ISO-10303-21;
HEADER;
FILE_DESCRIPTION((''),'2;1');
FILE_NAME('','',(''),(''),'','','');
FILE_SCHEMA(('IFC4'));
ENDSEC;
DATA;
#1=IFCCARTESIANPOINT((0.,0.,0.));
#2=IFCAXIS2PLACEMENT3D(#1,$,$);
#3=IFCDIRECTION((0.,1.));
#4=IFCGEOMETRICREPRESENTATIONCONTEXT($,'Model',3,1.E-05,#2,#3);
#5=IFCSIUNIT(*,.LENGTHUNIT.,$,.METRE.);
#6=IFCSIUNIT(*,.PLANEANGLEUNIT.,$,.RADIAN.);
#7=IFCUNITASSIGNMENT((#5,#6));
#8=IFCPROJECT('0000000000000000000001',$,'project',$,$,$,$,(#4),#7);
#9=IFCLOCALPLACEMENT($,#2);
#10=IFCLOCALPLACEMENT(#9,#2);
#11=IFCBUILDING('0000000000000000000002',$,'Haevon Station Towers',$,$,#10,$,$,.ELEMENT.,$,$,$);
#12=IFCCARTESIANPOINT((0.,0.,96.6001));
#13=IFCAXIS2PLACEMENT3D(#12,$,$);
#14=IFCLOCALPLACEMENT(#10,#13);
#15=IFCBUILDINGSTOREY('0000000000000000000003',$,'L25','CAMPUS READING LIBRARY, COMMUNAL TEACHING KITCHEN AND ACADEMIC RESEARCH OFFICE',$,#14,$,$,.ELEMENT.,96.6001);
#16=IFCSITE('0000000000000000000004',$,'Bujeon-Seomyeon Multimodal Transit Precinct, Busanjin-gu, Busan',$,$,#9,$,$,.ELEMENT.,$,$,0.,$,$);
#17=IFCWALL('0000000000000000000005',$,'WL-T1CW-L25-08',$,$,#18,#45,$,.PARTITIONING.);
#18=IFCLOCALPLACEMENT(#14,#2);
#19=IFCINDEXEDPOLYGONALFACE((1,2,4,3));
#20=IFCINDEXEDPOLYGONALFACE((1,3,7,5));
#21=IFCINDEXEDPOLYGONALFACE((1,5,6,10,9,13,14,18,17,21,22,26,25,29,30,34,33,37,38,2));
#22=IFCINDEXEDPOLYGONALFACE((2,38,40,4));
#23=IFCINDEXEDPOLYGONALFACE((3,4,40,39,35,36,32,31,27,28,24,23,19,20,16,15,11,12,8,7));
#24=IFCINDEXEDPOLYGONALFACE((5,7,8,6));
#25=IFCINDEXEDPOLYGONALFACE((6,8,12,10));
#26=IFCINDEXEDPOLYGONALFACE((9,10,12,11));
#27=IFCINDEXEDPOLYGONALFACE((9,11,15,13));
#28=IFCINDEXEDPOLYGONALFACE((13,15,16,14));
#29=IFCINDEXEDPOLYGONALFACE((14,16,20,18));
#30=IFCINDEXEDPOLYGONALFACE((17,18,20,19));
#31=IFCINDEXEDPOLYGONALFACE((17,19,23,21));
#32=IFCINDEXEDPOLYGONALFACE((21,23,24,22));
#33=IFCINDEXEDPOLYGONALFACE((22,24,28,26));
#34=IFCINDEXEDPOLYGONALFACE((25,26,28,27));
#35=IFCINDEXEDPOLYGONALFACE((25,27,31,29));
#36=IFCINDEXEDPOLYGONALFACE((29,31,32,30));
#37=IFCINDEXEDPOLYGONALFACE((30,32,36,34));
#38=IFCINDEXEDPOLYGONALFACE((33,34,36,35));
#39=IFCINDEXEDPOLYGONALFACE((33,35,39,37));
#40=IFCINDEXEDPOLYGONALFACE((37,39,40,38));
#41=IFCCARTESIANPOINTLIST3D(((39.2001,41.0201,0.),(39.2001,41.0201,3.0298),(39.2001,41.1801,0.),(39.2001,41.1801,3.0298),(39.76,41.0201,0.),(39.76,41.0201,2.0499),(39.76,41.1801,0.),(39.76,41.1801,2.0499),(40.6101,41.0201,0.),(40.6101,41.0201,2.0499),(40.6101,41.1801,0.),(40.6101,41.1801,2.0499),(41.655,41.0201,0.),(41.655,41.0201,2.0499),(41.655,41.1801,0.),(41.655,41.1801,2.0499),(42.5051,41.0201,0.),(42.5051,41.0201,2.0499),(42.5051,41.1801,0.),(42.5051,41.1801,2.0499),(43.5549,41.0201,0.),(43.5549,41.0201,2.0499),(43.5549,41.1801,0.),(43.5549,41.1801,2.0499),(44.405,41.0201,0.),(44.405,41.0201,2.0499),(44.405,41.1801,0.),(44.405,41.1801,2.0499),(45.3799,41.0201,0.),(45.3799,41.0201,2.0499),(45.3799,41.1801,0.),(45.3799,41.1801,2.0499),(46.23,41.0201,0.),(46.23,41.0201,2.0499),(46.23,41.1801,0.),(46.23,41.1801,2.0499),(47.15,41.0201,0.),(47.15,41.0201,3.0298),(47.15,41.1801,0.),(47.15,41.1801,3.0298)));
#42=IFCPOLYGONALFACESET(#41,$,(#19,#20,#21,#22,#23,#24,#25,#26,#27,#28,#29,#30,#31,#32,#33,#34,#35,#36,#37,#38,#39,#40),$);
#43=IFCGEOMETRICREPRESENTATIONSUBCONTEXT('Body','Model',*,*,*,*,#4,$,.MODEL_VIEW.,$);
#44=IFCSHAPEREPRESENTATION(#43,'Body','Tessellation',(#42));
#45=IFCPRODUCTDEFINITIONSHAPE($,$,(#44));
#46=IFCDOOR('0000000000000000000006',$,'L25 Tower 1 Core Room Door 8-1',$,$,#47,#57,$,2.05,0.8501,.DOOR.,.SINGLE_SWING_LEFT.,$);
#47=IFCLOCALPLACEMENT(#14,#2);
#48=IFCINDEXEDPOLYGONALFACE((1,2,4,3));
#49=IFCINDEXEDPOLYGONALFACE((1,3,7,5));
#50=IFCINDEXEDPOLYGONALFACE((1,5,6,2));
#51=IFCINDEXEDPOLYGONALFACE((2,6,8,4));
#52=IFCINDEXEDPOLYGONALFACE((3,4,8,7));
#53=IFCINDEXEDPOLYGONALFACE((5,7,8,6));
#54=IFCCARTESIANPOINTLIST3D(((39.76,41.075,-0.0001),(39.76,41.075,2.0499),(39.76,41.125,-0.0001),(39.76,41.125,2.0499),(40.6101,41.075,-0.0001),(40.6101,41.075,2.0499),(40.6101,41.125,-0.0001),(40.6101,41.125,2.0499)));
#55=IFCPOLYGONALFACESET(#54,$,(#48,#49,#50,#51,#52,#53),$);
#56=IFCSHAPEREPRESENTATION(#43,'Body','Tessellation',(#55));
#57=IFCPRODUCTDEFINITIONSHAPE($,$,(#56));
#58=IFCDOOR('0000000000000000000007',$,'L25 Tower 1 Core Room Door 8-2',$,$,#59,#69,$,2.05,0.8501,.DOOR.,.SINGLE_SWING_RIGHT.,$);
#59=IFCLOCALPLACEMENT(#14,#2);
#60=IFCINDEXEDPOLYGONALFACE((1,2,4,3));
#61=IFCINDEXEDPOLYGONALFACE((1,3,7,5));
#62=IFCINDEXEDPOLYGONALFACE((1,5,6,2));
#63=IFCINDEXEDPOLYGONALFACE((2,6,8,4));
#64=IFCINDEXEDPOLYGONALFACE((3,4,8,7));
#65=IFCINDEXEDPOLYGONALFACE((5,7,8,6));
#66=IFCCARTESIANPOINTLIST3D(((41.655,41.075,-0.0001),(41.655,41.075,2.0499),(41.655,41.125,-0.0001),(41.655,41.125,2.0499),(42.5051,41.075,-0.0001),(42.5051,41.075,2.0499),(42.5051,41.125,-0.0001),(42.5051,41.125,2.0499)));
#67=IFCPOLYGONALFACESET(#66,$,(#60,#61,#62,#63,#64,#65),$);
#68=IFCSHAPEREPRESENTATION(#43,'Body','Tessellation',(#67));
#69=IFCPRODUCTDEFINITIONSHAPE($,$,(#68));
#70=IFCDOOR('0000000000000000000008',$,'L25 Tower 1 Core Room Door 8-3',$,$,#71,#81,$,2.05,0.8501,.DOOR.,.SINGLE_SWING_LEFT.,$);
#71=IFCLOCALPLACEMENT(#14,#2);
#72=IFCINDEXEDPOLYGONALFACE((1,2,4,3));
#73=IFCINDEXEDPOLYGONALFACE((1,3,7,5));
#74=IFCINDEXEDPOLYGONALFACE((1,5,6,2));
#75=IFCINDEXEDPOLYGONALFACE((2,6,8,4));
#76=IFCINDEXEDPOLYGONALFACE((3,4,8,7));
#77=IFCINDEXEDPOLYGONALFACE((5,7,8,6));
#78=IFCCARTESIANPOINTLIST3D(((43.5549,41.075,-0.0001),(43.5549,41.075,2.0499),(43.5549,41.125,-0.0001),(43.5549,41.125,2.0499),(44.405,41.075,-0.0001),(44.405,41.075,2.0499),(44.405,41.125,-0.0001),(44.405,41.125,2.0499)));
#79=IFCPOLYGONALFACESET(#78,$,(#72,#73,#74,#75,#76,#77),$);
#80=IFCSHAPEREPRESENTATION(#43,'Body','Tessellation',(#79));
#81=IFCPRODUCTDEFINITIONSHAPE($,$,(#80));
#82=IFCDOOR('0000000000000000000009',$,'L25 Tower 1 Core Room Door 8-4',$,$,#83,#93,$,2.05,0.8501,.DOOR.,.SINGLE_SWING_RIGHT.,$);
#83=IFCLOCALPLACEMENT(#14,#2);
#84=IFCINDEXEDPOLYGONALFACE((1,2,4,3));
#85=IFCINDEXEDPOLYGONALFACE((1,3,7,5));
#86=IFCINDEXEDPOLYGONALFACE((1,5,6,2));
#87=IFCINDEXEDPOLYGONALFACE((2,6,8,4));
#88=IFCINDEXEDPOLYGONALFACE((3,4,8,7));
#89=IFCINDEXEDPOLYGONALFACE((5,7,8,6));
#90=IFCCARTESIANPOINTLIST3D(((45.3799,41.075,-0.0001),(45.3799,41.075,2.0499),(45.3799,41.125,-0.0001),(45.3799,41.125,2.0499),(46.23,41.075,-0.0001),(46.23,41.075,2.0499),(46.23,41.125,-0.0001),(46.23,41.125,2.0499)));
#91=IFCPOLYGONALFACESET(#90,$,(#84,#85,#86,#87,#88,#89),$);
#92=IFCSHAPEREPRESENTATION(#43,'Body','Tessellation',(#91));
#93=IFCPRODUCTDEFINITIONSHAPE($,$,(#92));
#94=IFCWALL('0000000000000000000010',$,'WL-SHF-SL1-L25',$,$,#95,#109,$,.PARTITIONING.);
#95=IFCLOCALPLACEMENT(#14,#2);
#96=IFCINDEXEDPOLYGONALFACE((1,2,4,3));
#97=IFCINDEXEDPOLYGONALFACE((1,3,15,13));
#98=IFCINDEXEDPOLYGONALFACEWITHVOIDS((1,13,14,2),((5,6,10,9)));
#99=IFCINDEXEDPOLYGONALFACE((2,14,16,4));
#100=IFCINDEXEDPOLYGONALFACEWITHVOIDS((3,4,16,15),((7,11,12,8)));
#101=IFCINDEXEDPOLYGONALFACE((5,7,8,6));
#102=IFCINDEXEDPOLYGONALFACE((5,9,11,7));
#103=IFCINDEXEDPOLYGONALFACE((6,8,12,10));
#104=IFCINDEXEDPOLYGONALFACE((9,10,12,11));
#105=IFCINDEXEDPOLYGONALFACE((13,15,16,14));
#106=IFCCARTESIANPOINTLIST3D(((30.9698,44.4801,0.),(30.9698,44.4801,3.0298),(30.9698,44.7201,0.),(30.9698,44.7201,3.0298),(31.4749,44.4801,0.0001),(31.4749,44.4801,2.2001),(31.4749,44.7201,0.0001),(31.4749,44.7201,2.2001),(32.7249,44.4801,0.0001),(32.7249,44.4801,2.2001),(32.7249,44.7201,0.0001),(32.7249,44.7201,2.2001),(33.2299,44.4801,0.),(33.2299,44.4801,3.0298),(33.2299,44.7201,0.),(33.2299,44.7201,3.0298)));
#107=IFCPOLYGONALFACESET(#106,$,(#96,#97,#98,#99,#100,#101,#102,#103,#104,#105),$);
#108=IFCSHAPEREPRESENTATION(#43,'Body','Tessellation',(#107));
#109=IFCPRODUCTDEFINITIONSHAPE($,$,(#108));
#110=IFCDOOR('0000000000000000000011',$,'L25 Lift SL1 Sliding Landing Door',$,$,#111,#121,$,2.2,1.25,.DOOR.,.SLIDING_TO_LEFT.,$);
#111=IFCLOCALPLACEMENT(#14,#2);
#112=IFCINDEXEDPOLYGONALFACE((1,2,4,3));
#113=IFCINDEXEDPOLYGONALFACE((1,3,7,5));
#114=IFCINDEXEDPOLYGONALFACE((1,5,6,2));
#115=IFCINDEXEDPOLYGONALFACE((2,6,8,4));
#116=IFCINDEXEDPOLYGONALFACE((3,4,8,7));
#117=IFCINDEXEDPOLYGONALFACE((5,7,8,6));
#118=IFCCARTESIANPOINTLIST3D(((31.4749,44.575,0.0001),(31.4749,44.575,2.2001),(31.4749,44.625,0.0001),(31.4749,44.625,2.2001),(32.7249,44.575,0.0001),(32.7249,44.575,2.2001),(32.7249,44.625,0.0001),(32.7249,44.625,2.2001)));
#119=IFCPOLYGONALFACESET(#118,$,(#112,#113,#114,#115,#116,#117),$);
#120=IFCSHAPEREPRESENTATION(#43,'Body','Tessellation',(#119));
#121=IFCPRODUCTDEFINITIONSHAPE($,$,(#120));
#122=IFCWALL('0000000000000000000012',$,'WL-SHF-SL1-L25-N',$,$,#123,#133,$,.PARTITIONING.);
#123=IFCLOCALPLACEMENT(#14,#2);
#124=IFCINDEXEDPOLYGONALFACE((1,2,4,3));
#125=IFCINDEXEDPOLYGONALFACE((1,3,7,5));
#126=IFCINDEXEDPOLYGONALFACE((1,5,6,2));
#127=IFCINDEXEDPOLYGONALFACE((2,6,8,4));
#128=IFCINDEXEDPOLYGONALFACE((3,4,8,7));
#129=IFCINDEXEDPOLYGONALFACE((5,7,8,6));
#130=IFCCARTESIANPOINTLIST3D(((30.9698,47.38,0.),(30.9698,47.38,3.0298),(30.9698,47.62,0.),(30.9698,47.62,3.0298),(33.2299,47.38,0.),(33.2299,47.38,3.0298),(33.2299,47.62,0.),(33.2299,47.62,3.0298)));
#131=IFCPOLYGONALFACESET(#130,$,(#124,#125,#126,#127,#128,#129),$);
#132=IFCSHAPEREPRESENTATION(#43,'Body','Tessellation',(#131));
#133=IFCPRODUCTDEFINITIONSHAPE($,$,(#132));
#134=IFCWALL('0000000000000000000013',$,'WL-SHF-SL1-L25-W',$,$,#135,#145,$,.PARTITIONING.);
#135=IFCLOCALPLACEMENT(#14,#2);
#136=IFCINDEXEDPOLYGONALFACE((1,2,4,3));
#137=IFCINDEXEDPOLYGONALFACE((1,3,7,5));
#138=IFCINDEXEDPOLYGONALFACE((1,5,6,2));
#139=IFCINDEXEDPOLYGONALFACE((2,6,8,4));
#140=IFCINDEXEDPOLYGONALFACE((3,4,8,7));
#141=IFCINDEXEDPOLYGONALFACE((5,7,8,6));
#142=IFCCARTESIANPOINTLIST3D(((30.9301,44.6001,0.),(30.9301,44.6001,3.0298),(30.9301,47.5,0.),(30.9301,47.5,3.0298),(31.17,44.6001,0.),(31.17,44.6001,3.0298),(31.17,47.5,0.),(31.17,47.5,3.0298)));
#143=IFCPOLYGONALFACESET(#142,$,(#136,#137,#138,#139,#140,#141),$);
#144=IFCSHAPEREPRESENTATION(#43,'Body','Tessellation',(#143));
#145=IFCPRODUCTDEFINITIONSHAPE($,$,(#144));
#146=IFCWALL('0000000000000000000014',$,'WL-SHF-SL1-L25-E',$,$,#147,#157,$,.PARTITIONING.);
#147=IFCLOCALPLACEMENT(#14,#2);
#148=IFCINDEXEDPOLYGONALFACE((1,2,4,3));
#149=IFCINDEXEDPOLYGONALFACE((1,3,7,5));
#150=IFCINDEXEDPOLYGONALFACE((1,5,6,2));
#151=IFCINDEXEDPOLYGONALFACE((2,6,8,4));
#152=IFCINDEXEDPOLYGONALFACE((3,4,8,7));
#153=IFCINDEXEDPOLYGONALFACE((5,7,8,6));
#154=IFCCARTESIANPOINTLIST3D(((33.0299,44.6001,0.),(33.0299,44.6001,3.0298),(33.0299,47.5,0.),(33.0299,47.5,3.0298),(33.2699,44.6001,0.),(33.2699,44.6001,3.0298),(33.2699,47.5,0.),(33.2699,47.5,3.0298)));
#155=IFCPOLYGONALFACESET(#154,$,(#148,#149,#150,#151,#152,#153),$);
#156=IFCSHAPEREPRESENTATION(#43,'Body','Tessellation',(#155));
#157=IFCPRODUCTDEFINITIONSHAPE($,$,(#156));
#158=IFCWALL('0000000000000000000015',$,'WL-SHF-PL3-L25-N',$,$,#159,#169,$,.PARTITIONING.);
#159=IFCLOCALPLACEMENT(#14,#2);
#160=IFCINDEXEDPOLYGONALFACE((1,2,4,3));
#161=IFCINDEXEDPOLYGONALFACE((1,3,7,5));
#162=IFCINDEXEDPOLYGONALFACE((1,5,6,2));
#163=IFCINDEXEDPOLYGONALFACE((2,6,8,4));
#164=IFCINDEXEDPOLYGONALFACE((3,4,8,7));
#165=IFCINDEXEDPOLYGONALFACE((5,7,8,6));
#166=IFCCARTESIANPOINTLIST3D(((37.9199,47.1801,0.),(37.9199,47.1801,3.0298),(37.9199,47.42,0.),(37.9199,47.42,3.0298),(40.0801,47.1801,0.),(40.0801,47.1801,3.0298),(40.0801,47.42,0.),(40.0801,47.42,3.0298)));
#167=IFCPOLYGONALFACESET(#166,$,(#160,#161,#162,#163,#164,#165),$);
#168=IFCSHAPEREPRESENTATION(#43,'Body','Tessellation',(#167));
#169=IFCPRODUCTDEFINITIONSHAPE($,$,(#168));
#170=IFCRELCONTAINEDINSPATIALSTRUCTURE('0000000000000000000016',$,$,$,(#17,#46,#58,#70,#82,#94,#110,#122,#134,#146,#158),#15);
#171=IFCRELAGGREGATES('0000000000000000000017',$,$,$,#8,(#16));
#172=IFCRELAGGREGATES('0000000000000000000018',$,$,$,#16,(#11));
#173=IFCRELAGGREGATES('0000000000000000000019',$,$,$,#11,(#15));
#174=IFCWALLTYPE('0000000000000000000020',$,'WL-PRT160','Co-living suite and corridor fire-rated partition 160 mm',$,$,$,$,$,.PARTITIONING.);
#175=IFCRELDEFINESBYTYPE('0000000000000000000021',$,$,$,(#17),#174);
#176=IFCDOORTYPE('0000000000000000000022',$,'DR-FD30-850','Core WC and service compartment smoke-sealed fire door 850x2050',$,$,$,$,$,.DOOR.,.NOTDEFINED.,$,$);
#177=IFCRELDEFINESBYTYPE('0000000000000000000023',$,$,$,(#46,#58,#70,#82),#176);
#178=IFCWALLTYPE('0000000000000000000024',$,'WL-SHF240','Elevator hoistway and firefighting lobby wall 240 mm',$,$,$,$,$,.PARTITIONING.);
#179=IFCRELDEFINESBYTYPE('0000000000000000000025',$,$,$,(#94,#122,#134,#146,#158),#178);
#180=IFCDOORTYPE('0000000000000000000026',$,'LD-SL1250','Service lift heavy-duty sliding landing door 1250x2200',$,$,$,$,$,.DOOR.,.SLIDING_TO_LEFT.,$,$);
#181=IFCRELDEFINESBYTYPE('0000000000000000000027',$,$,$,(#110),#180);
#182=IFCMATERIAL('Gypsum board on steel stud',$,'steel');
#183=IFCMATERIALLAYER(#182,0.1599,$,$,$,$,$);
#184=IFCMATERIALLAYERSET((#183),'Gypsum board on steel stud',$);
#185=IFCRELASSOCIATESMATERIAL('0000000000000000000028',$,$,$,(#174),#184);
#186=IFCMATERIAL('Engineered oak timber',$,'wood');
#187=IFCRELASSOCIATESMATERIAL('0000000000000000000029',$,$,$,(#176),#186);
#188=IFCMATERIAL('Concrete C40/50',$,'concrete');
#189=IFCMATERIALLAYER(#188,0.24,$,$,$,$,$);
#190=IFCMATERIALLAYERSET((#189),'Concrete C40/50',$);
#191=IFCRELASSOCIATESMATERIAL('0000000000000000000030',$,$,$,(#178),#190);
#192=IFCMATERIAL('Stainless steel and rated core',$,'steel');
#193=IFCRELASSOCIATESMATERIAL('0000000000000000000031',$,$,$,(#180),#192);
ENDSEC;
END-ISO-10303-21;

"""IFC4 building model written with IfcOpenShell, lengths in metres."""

from ifc_helpers import new_model, si_unit, direction, frame, frame_2d, origin, place, context, subcontext, project, spatial, rectangle, extrude, material, layer, layer_set, type_object, element, fill, save


model = new_model("IFC4")

# Units and contexts
model_context = context("Model", 3, precision=1e-05, world=origin(), true_north=direction((0.0, 1.0)))
body_context = subcontext(model_context, "Body", "Model", "MODEL_VIEW")
ifc_project = project(units=[si_unit("LENGTHUNIT", "METRE"), si_unit("PLANEANGLEUNIT", "RADIAN")], contexts=[model_context])

# Site, building, storey
site_placement = place(None, origin())
site = spatial("IfcSite", under=ifc_project, at=site_placement, Name="Bujeon-Seomyeon Multimodal Transit Precinct, Busanjin-gu, Busan", CompositionType="ELEMENT", RefElevation=0.0)
building_placement = place(site_placement, origin())
building = spatial("IfcBuilding", under=site, at=building_placement, Name="Haevon Station Towers", CompositionType="ELEMENT")
storey_placement = place(building_placement, frame((0.0, 0.0, 96.6001)))
storey = spatial("IfcBuildingStorey", under=building, at=storey_placement, Name="L25", Description="CAMPUS READING LIBRARY, COMMUNAL TEACHING KITCHEN AND ACADEMIC RESEARCH OFFICE", CompositionType="ELEMENT", Elevation=96.6001)

# Shared definitions
ifc_material_1 = material(Name="Gypsum board on steel stud", Category="steel")
ifc_layer_1 = layer(ifc_material_1, 0.1599)
ifc_layer_set_1 = layer_set([ifc_layer_1], Name="Gypsum board on steel stud")
wall_type_1 = type_object("IfcWallType", Name="WL-PRT160", Description="Co-living suite and corridor fire-rated partition 160 mm", PredefinedType="PARTITIONING", material=ifc_layer_set_1)
ifc_material_2 = material(Name="Engineered oak timber", Category="wood")

# Wall, openings, doors
wall_1_placement = place(storey_placement, frame((39.2, 41.1001, 0.0), z_axis=(0.0, 0.0, 1.0), x_axis=(1.0, 0.0, 0.0)))
wall_1 = element("IfcWall", 1, at=wall_1_placement, inside=storey, type_object=wall_type_1, Name="WL-T1CW-L25-08", PredefinedType="PARTITIONING", context=body_context, shape_type="SweptSolid", body=[
    extrude(rectangle(XDim=7.95, YDim=0.1599, at=frame_2d((3.9751, 0.0))), origin(), (0.0, 0.0, 1.0), 3.0298),
])
opening_1_placement = place(wall_1_placement, frame((0.5601, 0.0, 0.0)))
opening_1 = element("IfcOpeningElement", 2, at=opening_1_placement, cuts=wall_1, PredefinedType="OPENING", context=body_context, shape_type="SweptSolid", body=[
    extrude(rectangle(XDim=0.8501, YDim=2.05, at=frame_2d((0.425, 1.0249))), frame((0.0, 0.0898, 0.0), z_axis=(0.0, -1.0, 0.0), x_axis=(1.0, 0.0, 0.0)), (0.0, 0.0, 1.0), 0.1799),
])
opening_2_placement = place(wall_1_placement, frame((2.4551, 0.0, 0.0)))
opening_2 = element("IfcOpeningElement", 3, at=opening_2_placement, cuts=wall_1, PredefinedType="OPENING", context=body_context, shape_type="SweptSolid", body=[
    extrude(rectangle(XDim=0.8501, YDim=2.05, at=frame_2d((0.425, 1.0249))), frame((0.0, 0.0898, 0.0), z_axis=(0.0, -1.0, 0.0), x_axis=(1.0, 0.0, 0.0)), (0.0, 0.0, 1.0), 0.1799),
])
opening_3_placement = place(wall_1_placement, frame((4.355, 0.0, 0.0)))
opening_3 = element("IfcOpeningElement", 4, at=opening_3_placement, cuts=wall_1, PredefinedType="OPENING", context=body_context, shape_type="SweptSolid", body=[
    extrude(rectangle(XDim=0.8501, YDim=2.05, at=frame_2d((0.425, 1.0249))), frame((0.0, 0.0898, 0.0), z_axis=(0.0, -1.0, 0.0), x_axis=(1.0, 0.0, 0.0)), (0.0, 0.0, 1.0), 0.1799),
])
opening_4_placement = place(wall_1_placement, frame((6.1799, 0.0, 0.0)))
opening_4 = element("IfcOpeningElement", 5, at=opening_4_placement, cuts=wall_1, PredefinedType="OPENING", context=body_context, shape_type="SweptSolid", body=[
    extrude(rectangle(XDim=0.8501, YDim=2.05, at=frame_2d((0.425, 1.0249))), frame((0.0, 0.0898, 0.0), z_axis=(0.0, -1.0, 0.0), x_axis=(1.0, 0.0, 0.0)), (0.0, 0.0, 1.0), 0.1799),
])
door_type_1 = type_object("IfcDoorType", Name="DR-FD30-850", Description="Core WC and service compartment smoke-sealed fire door 850x2050", OperationType="NOTDEFINED", PredefinedType="DOOR", material=ifc_material_2)
door_1_placement = place(opening_1_placement, origin())
door_1 = element("IfcDoor", 6, at=door_1_placement, inside=storey, type_object=door_type_1, Name="L25 Tower 1 Core Room Door 8-1", OperationType="SINGLE_SWING_LEFT", OverallHeight=2.05, OverallWidth=0.8501, PredefinedType="DOOR", context=body_context, shape_type="SweptSolid", body=[
    extrude(rectangle(XDim=0.8501, YDim=2.05, at=frame_2d((0.425, 1.0249))), frame((0.0, 0.0249, 0.0), z_axis=(0.0, -1.0, 0.0), x_axis=(1.0, 0.0, 0.0)), (0.0, 0.0, 1.0), 0.05),
])
fill(opening_1, door_1)
door_2_placement = place(opening_2_placement, origin())
door_2 = element("IfcDoor", 7, at=door_2_placement, inside=storey, type_object=door_type_1, Name="L25 Tower 1 Core Room Door 8-2", OperationType="SINGLE_SWING_RIGHT", OverallHeight=2.05, OverallWidth=0.8501, PredefinedType="DOOR", context=body_context, shape_type="SweptSolid", body=[
    extrude(rectangle(XDim=0.8501, YDim=2.05, at=frame_2d((0.425, 1.0249))), frame((0.0, 0.0249, 0.0), z_axis=(0.0, -1.0, 0.0), x_axis=(1.0, 0.0, 0.0)), (0.0, 0.0, 1.0), 0.05),
])
fill(opening_2, door_2)
door_3_placement = place(opening_3_placement, origin())
door_3 = element("IfcDoor", 8, at=door_3_placement, inside=storey, type_object=door_type_1, Name="L25 Tower 1 Core Room Door 8-3", OperationType="SINGLE_SWING_LEFT", OverallHeight=2.05, OverallWidth=0.8501, PredefinedType="DOOR", context=body_context, shape_type="SweptSolid", body=[
    extrude(rectangle(XDim=0.8501, YDim=2.05, at=frame_2d((0.425, 1.0249))), frame((0.0, 0.0249, 0.0), z_axis=(0.0, -1.0, 0.0), x_axis=(1.0, 0.0, 0.0)), (0.0, 0.0, 1.0), 0.05),
])
fill(opening_3, door_3)
door_4_placement = place(opening_4_placement, origin())
door_4 = element("IfcDoor", 9, at=door_4_placement, inside=storey, type_object=door_type_1, Name="L25 Tower 1 Core Room Door 8-4", OperationType="SINGLE_SWING_RIGHT", OverallHeight=2.05, OverallWidth=0.8501, PredefinedType="DOOR", context=body_context, shape_type="SweptSolid", body=[
    extrude(rectangle(XDim=0.8501, YDim=2.05, at=frame_2d((0.425, 1.0249))), frame((0.0, 0.0249, 0.0), z_axis=(0.0, -1.0, 0.0), x_axis=(1.0, 0.0, 0.0)), (0.0, 0.0, 1.0), 0.05),
])
fill(opening_4, door_4)

# Wall, opening, door
ifc_material_3 = material(Name="Concrete C40/50", Category="concrete")
ifc_layer_2 = layer(ifc_material_3, 0.24)
ifc_layer_set_2 = layer_set([ifc_layer_2], Name="Concrete C40/50")
wall_type_2 = type_object("IfcWallType", Name="WL-SHF240", Description="Elevator hoistway and firefighting lobby wall 240 mm", PredefinedType="PARTITIONING", material=ifc_layer_set_2)
wall_2_placement = place(storey_placement, frame((30.97, 44.6001, 0.0), z_axis=(0.0, 0.0, 1.0), x_axis=(1.0, 0.0, 0.0)))
wall_2 = element("IfcWall", 10, at=wall_2_placement, inside=storey, type_object=wall_type_2, Name="WL-SHF-SL1-L25", PredefinedType="PARTITIONING", context=body_context, shape_type="SweptSolid", body=[
    extrude(rectangle(XDim=2.26, YDim=0.24, at=frame_2d((1.1299, 0.0))), origin(), (0.0, 0.0, 1.0), 3.0298),
])
opening_5_placement = place(wall_2_placement, frame((0.5049, 0.0, 0.0)))
opening_5 = element("IfcOpeningElement", 11, at=opening_5_placement, cuts=wall_2, PredefinedType="OPENING", context=body_context, shape_type="SweptSolid", body=[
    extrude(rectangle(XDim=1.25, YDim=2.2, at=frame_2d((0.625, 1.1001))), frame((0.0, 0.1299, 0.0), z_axis=(0.0, -1.0, 0.0), x_axis=(1.0, 0.0, 0.0)), (0.0, 0.0, 1.0), 0.26),
])
ifc_material_4 = material(Name="Stainless steel and rated core", Category="steel")
door_type_2 = type_object("IfcDoorType", Name="LD-SL1250", Description="Service lift heavy-duty sliding landing door 1250x2200", OperationType="SLIDING_TO_LEFT", PredefinedType="DOOR", material=ifc_material_4)
door_5_placement = place(opening_5_placement, origin())
door_5 = element("IfcDoor", 12, at=door_5_placement, inside=storey, type_object=door_type_2, Name="L25 Lift SL1 Sliding Landing Door", OperationType="SLIDING_TO_LEFT", OverallHeight=2.2, OverallWidth=1.25, PredefinedType="DOOR", context=body_context, shape_type="SweptSolid", body=[
    extrude(rectangle(XDim=1.25, YDim=2.2, at=frame_2d((0.625, 1.1001))), frame((0.0, 0.0249, 0.0), z_axis=(0.0, -1.0, 0.0), x_axis=(1.0, 0.0, 0.0)), (0.0, 0.0, 1.0), 0.05),
])
fill(opening_5, door_5)

# Walls
wall_3_placement = place(storey_placement, frame((30.97, 47.5, 0.0), z_axis=(0.0, 0.0, 1.0), x_axis=(1.0, 0.0, 0.0)))
element("IfcWall", 13, at=wall_3_placement, inside=storey, type_object=wall_type_2, Name="WL-SHF-SL1-L25-N", PredefinedType="PARTITIONING", context=body_context, shape_type="SweptSolid", body=[
    extrude(rectangle(XDim=2.26, YDim=0.24, at=frame_2d((1.1299, 0.0))), origin(), (0.0, 0.0, 1.0), 3.0298),
])
for number, where, z_axis, x_axis, name in (
    (14, (31.05, 44.6001, 0.0), (0.0, 0.0, 1.0), (0.0, 1.0, 0.0), "WL-SHF-SL1-L25-W"),
    (15, (33.1499, 44.6001, 0.0), (0.0, 0.0, 1.0), (0.0, 1.0, 0.0), "WL-SHF-SL1-L25-E"),
):
    element("IfcWall", number, at=place(storey_placement, frame(where, z_axis=z_axis, x_axis=x_axis)), inside=storey, type_object=wall_type_2, Name=name, PredefinedType="PARTITIONING", context=body_context, shape_type="SweptSolid", body=[
        extrude(rectangle(XDim=2.8999, YDim=0.24, at=frame_2d((1.45, 0.0))), origin(), (0.0, 0.0, 1.0), 3.0298),
    ])

# Wall
wall_4_placement = place(storey_placement, frame((37.9199, 47.3, 0.0), z_axis=(0.0, 0.0, 1.0), x_axis=(1.0, 0.0, 0.0)))
element("IfcWall", 16, at=wall_4_placement, inside=storey, type_object=wall_type_2, Name="WL-SHF-PL3-L25-N", PredefinedType="PARTITIONING", context=body_context, shape_type="SweptSolid", body=[
    extrude(rectangle(XDim=2.1602, YDim=0.24, at=frame_2d((1.0801, 0.0))), origin(), (0.0, 0.0, 1.0), 3.0298),
])

save(model, "model.ifc")
